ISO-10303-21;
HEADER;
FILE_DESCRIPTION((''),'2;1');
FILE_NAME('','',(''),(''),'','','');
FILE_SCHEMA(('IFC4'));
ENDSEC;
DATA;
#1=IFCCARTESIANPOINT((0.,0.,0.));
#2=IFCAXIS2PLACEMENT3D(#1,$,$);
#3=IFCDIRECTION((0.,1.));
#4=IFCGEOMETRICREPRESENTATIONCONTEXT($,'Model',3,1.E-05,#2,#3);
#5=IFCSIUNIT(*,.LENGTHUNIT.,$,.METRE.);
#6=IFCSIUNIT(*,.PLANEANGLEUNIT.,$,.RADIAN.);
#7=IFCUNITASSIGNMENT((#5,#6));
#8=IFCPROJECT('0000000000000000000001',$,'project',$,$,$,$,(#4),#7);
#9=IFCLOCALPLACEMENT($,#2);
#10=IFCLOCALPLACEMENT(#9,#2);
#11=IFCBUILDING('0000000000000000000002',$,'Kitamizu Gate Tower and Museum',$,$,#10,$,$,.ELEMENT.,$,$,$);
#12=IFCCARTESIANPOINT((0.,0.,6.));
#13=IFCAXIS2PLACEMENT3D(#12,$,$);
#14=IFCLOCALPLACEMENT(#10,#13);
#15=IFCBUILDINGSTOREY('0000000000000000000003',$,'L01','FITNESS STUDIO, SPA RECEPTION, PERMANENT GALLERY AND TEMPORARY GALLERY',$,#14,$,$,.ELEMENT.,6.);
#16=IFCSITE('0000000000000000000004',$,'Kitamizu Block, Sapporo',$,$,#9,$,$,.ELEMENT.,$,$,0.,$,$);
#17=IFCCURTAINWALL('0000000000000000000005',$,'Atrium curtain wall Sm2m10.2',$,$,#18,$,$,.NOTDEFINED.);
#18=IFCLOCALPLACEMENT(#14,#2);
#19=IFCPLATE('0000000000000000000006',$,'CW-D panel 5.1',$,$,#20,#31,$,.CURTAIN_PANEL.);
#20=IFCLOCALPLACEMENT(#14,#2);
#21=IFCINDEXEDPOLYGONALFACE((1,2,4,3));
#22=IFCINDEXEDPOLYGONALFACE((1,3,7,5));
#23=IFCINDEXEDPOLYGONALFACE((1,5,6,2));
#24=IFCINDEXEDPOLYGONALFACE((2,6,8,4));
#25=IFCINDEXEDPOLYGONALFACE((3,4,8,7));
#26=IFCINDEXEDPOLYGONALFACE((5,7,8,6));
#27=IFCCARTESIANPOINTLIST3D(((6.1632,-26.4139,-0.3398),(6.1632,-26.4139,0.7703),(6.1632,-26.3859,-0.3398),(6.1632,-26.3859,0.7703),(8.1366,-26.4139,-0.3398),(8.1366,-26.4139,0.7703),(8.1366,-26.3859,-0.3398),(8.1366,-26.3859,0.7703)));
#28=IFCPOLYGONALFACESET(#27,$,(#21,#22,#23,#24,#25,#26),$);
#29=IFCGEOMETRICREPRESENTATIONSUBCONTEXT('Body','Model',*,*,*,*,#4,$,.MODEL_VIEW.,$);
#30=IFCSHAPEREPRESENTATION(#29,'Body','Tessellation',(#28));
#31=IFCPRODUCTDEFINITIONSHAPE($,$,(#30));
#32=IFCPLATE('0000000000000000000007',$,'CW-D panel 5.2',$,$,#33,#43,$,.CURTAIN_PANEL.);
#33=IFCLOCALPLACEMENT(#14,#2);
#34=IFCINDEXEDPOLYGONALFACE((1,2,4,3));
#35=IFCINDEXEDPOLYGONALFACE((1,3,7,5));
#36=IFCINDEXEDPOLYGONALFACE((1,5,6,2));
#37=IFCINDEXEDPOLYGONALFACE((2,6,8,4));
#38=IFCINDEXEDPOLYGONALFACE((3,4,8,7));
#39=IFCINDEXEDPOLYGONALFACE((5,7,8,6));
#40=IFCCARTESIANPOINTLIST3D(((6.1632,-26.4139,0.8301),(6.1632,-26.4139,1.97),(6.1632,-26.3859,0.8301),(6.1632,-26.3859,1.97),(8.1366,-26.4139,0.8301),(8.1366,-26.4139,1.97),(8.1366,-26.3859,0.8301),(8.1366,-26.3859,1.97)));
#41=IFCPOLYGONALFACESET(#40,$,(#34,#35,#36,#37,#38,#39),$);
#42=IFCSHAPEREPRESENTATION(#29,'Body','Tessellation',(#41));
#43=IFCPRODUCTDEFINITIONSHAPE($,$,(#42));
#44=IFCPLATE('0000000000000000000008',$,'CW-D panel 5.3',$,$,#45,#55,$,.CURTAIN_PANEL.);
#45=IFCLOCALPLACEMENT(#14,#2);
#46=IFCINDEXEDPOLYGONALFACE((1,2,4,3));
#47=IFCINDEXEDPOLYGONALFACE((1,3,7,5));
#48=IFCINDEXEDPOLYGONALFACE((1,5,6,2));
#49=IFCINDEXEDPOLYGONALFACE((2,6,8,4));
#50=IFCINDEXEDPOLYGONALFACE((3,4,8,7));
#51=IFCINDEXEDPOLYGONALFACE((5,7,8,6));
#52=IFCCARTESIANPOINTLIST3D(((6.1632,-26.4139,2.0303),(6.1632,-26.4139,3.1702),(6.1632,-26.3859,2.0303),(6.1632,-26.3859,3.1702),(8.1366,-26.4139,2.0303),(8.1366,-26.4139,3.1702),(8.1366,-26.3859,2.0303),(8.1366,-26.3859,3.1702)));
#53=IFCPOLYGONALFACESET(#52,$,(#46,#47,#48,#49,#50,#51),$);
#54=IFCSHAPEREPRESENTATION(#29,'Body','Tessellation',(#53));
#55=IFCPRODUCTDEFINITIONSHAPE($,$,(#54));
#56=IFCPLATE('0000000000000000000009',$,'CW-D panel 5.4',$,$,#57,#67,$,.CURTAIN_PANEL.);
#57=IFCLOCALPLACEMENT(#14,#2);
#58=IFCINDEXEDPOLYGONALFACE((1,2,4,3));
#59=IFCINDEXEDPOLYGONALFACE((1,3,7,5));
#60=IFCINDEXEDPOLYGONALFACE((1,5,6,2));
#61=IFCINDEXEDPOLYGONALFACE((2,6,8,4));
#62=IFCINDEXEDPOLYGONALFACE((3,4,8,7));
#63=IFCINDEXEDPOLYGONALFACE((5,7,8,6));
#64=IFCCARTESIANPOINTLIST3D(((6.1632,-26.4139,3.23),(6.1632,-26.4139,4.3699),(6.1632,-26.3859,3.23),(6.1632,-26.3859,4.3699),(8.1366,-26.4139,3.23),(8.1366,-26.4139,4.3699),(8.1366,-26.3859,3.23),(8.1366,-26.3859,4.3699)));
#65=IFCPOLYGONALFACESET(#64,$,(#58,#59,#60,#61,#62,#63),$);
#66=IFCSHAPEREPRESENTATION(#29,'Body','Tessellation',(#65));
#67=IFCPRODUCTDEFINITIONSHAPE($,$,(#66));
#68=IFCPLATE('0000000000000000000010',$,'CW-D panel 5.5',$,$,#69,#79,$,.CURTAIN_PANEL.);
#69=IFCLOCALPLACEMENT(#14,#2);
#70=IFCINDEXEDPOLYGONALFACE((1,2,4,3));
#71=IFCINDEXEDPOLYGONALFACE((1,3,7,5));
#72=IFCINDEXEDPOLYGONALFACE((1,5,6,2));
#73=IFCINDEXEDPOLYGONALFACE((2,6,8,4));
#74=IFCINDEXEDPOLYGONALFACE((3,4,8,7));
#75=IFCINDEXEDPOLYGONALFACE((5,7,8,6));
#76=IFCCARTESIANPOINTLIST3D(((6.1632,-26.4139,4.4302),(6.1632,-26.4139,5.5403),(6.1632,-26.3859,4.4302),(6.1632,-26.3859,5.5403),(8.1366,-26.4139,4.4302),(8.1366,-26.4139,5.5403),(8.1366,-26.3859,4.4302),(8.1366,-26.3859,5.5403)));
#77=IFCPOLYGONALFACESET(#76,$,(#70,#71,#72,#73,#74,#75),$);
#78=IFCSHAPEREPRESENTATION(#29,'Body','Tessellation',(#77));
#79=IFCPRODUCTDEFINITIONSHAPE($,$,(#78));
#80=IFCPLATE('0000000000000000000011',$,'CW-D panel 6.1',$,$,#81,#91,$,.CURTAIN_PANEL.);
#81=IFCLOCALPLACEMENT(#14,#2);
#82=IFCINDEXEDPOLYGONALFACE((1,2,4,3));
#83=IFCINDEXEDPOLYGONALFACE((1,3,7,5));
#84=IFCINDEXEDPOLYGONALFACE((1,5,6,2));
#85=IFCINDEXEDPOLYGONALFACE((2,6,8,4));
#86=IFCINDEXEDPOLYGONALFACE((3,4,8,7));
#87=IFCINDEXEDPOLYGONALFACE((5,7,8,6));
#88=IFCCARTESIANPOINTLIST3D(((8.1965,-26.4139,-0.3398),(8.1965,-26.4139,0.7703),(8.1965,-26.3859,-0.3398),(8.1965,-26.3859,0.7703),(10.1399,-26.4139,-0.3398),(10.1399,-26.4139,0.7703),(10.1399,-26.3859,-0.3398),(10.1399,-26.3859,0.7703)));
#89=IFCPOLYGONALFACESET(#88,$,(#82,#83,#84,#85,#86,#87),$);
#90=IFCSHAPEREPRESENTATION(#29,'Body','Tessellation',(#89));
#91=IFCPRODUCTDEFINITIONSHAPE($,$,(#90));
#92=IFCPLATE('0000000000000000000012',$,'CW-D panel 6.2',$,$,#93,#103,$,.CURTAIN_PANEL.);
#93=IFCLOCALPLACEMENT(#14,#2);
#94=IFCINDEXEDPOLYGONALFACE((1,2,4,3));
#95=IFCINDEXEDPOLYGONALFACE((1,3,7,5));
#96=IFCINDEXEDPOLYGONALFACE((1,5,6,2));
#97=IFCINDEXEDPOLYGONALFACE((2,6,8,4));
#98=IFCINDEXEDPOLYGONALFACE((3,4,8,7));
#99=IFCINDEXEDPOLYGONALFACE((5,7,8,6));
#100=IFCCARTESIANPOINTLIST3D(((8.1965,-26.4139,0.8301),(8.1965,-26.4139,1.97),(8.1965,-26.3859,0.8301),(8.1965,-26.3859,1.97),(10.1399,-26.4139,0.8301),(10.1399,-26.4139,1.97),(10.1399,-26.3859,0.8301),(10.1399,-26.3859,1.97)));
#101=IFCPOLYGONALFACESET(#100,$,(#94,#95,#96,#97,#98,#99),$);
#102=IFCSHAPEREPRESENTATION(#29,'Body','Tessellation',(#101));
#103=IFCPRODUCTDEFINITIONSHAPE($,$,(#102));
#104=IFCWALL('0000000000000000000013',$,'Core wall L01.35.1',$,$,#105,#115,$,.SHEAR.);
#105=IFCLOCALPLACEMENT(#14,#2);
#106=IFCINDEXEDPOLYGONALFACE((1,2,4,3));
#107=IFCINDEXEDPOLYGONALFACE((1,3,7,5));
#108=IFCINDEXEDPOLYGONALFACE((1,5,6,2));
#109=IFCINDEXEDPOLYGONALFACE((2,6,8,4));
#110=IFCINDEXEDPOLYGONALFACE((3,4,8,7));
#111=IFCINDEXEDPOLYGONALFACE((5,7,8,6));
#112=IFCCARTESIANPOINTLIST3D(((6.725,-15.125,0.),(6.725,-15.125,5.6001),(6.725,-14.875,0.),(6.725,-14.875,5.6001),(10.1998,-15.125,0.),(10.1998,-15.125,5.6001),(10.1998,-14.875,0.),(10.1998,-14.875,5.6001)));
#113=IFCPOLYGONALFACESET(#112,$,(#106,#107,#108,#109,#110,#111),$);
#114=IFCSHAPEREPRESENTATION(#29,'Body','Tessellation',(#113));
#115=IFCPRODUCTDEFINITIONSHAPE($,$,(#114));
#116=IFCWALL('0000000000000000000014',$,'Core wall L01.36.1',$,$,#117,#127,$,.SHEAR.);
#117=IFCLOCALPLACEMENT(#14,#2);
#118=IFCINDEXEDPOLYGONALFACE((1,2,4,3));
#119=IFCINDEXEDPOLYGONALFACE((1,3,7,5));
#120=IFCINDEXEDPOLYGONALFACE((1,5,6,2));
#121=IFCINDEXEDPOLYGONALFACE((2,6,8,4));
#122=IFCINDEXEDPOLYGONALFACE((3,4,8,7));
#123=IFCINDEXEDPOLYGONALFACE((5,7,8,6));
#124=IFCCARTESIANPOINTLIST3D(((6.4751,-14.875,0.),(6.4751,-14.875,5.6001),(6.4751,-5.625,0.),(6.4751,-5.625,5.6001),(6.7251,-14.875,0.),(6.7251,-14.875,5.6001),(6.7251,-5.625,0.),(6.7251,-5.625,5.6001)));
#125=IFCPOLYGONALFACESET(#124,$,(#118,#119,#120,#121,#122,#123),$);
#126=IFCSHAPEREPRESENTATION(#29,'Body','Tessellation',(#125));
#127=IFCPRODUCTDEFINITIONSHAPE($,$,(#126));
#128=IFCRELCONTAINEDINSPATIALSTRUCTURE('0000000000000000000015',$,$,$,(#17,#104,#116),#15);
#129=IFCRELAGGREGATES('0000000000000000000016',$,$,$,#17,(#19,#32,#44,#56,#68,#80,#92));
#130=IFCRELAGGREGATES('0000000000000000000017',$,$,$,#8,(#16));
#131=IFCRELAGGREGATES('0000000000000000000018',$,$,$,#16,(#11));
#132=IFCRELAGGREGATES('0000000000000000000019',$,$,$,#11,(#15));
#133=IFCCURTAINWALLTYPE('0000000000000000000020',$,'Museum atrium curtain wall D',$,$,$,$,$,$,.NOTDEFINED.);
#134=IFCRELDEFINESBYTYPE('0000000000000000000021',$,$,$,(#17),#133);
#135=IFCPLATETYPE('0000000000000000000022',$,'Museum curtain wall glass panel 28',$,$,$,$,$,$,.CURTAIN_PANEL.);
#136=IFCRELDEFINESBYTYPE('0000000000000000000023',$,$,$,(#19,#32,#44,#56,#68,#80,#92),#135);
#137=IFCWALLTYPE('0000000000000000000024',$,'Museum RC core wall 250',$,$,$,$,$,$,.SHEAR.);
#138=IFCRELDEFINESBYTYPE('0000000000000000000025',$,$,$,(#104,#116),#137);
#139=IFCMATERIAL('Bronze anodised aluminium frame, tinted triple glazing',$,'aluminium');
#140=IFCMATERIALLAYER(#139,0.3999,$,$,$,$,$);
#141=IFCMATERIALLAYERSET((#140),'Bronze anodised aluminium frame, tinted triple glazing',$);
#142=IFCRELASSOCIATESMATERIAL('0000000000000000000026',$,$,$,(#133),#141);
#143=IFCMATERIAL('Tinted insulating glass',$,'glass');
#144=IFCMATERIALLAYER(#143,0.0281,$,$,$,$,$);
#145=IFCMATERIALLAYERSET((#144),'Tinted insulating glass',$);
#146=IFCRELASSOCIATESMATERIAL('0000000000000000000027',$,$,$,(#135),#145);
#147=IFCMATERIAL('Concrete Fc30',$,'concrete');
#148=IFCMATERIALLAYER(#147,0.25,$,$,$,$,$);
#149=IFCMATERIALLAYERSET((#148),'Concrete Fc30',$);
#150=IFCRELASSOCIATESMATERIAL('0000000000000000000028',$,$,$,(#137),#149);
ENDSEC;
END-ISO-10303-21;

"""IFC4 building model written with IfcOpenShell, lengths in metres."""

from ifc_helpers import new_model, si_unit, direction, frame, frame_2d, origin, origin_2d, place, context, subcontext, project, spatial, rectangle, extrude, material, layer, layer_set, type_object, element, aggregate, save


model = new_model("IFC4")

# Units and contexts
model_context = context("Model", 3, precision=1e-05, world=origin(), true_north=direction((0.0, 1.0)))
body_context = subcontext(model_context, "Body", "Model", "MODEL_VIEW")
ifc_project = project(units=[si_unit("LENGTHUNIT", "METRE"), si_unit("PLANEANGLEUNIT", "RADIAN")], contexts=[model_context])

# Site, building, storey
site_placement = place(None, origin())
site = spatial("IfcSite", under=ifc_project, at=site_placement, Name="Kitamizu Block, Sapporo", CompositionType="ELEMENT", RefElevation=0.0)
building_placement = place(site_placement, origin())
building = spatial("IfcBuilding", under=site, at=building_placement, Name="Kitamizu Gate Tower and Museum", CompositionType="ELEMENT")
storey_placement = place(building_placement, frame((0.0, 0.0, 6.0)))
storey = spatial("IfcBuildingStorey", under=building, at=storey_placement, Name="L01", Description="FITNESS STUDIO, SPA RECEPTION, PERMANENT GALLERY AND TEMPORARY GALLERY", CompositionType="ELEMENT", Elevation=6.0)

# Curtain wall
ifc_material_1 = material(Name="Bronze anodised aluminium frame, tinted triple glazing", Category="aluminium")
ifc_layer_1 = layer(ifc_material_1, 0.3999)
ifc_layer_set_1 = layer_set([ifc_layer_1], Name="Bronze anodised aluminium frame, tinted triple glazing")
curtain_wall_type = type_object("IfcCurtainWallType", Name="Museum atrium curtain wall D", PredefinedType="NOTDEFINED", material=ifc_layer_set_1)
curtain_wall_placement = place(storey_placement, origin())
curtain_wall = element("IfcCurtainWall", 1, at=curtain_wall_placement, inside=storey, type_object=curtain_wall_type, Name="Atrium curtain wall Sm2m10.2", PredefinedType="NOTDEFINED")

# Plates
ifc_material_2 = material(Name="Tinted insulating glass", Category="glass")
ifc_layer_2 = layer(ifc_material_2, 0.0281)
ifc_layer_set_2 = layer_set([ifc_layer_2], Name="Tinted insulating glass")
plate_type = type_object("IfcPlateType", Name="Museum curtain wall glass panel 28", PredefinedType="CURTAIN_PANEL", material=ifc_layer_set_2)
plate_1_placement = place(storey_placement, frame((7.1499, -26.3999, -0.3398), z_axis=(0.0, 0.0, 1.0), x_axis=(1.0, 0.0, 0.0)))
plate_1 = element("IfcPlate", 2, at=plate_1_placement, type_object=plate_type, Name="CW-D panel 5.1", PredefinedType="CURTAIN_PANEL", context=body_context, shape_type="SweptSolid", body=[
    extrude(rectangle(XDim=1.9734, YDim=0.0281, at=origin_2d()), origin(), (0.0, 0.0, 1.0), 1.1101),
])
plate_2_placement = place(storey_placement, frame((7.1499, -26.3999, 0.8301), z_axis=(0.0, 0.0, 1.0), x_axis=(1.0, 0.0, 0.0)))
plate_2 = element("IfcPlate", 3, at=plate_2_placement, type_object=plate_type, Name="CW-D panel 5.2", PredefinedType="CURTAIN_PANEL", context=body_context, shape_type="SweptSolid", body=[
    extrude(rectangle(XDim=1.9734, YDim=0.0281, at=origin_2d()), origin(), (0.0, 0.0, 1.0), 1.1399),
])
plate_3_placement = place(storey_placement, frame((7.1499, -26.3999, 2.0303), z_axis=(0.0, 0.0, 1.0), x_axis=(1.0, 0.0, 0.0)))
plate_3 = element("IfcPlate", 4, at=plate_3_placement, type_object=plate_type, Name="CW-D panel 5.3", PredefinedType="CURTAIN_PANEL", context=body_context, shape_type="SweptSolid", body=[
    extrude(rectangle(XDim=1.9734, YDim=0.0281, at=origin_2d()), origin(), (0.0, 0.0, 1.0), 1.1399),
])
plate_4_placement = place(storey_placement, frame((7.1499, -26.3999, 3.23), z_axis=(0.0, 0.0, 1.0), x_axis=(1.0, 0.0, 0.0)))
plate_4 = element("IfcPlate", 5, at=plate_4_placement, type_object=plate_type, Name="CW-D panel 5.4", PredefinedType="CURTAIN_PANEL", context=body_context, shape_type="SweptSolid", body=[
    extrude(rectangle(XDim=1.9734, YDim=0.0281, at=origin_2d()), origin(), (0.0, 0.0, 1.0), 1.1399),
])
plate_5_placement = place(storey_placement, frame((7.1499, -26.3999, 4.4302), z_axis=(0.0, 0.0, 1.0), x_axis=(1.0, 0.0, 0.0)))
plate_5 = element("IfcPlate", 6, at=plate_5_placement, type_object=plate_type, Name="CW-D panel 5.5", PredefinedType="CURTAIN_PANEL", context=body_context, shape_type="SweptSolid", body=[
    extrude(rectangle(XDim=1.9734, YDim=0.0281, at=origin_2d()), origin(), (0.0, 0.0, 1.0), 1.1101),
])
plate_6_placement = place(storey_placement, frame((9.1682, -26.3999, -0.3398), z_axis=(0.0, 0.0, 1.0), x_axis=(1.0, 0.0, 0.0)))
plate_6 = element("IfcPlate", 7, at=plate_6_placement, type_object=plate_type, Name="CW-D panel 6.1", PredefinedType="CURTAIN_PANEL", context=body_context, shape_type="SweptSolid", body=[
    extrude(rectangle(XDim=1.9434, YDim=0.0281, at=origin_2d()), origin(), (0.0, 0.0, 1.0), 1.1101),
])
plate_7_placement = place(storey_placement, frame((9.1682, -26.3999, 0.8301), z_axis=(0.0, 0.0, 1.0), x_axis=(1.0, 0.0, 0.0)))
plate_7 = element("IfcPlate", 8, at=plate_7_placement, type_object=plate_type, Name="CW-D panel 6.2", PredefinedType="CURTAIN_PANEL", context=body_context, shape_type="SweptSolid", body=[
    extrude(rectangle(XDim=1.9434, YDim=0.0281, at=origin_2d()), origin(), (0.0, 0.0, 1.0), 1.1399),
])
aggregate(curtain_wall, [plate_1, plate_2, plate_3, plate_4, plate_5, plate_6, plate_7])

# Walls
ifc_material_3 = material(Name="Concrete Fc30", Category="concrete")
ifc_layer_3 = layer(ifc_material_3, 0.25)
ifc_layer_set_3 = layer_set([ifc_layer_3], Name="Concrete Fc30")
wall_type = type_object("IfcWallType", Name="Museum RC core wall 250", PredefinedType="SHEAR", material=ifc_layer_set_3)
wall_1_placement = place(storey_placement, frame((6.7251, -15.0, 0.0), z_axis=(0.0, 0.0, 1.0), x_axis=(1.0, 0.0, 0.0)))
element("IfcWall", 9, at=wall_1_placement, inside=storey, type_object=wall_type, Name="Core wall L01.35.1", PredefinedType="SHEAR", context=body_context, shape_type="SweptSolid", body=[
    extrude(rectangle(XDim=3.4749, YDim=0.25, at=frame_2d((1.7373, 0.0))), origin(), (0.0, 0.0, 1.0), 5.6001),
])
wall_2_placement = place(storey_placement, frame((6.6001, -14.875, 0.0), z_axis=(0.0, 0.0, 1.0), x_axis=(0.0, 1.0, 0.0)))
element("IfcWall", 10, at=wall_2_placement, inside=storey, type_object=wall_type, Name="Core wall L01.36.1", PredefinedType="SHEAR", context=body_context, shape_type="SweptSolid", body=[
    extrude(rectangle(XDim=9.25, YDim=0.25, at=frame_2d((4.625, 0.0))), origin(), (0.0, 0.0, 1.0), 5.6001),
])

save(model, "model.ifc")
